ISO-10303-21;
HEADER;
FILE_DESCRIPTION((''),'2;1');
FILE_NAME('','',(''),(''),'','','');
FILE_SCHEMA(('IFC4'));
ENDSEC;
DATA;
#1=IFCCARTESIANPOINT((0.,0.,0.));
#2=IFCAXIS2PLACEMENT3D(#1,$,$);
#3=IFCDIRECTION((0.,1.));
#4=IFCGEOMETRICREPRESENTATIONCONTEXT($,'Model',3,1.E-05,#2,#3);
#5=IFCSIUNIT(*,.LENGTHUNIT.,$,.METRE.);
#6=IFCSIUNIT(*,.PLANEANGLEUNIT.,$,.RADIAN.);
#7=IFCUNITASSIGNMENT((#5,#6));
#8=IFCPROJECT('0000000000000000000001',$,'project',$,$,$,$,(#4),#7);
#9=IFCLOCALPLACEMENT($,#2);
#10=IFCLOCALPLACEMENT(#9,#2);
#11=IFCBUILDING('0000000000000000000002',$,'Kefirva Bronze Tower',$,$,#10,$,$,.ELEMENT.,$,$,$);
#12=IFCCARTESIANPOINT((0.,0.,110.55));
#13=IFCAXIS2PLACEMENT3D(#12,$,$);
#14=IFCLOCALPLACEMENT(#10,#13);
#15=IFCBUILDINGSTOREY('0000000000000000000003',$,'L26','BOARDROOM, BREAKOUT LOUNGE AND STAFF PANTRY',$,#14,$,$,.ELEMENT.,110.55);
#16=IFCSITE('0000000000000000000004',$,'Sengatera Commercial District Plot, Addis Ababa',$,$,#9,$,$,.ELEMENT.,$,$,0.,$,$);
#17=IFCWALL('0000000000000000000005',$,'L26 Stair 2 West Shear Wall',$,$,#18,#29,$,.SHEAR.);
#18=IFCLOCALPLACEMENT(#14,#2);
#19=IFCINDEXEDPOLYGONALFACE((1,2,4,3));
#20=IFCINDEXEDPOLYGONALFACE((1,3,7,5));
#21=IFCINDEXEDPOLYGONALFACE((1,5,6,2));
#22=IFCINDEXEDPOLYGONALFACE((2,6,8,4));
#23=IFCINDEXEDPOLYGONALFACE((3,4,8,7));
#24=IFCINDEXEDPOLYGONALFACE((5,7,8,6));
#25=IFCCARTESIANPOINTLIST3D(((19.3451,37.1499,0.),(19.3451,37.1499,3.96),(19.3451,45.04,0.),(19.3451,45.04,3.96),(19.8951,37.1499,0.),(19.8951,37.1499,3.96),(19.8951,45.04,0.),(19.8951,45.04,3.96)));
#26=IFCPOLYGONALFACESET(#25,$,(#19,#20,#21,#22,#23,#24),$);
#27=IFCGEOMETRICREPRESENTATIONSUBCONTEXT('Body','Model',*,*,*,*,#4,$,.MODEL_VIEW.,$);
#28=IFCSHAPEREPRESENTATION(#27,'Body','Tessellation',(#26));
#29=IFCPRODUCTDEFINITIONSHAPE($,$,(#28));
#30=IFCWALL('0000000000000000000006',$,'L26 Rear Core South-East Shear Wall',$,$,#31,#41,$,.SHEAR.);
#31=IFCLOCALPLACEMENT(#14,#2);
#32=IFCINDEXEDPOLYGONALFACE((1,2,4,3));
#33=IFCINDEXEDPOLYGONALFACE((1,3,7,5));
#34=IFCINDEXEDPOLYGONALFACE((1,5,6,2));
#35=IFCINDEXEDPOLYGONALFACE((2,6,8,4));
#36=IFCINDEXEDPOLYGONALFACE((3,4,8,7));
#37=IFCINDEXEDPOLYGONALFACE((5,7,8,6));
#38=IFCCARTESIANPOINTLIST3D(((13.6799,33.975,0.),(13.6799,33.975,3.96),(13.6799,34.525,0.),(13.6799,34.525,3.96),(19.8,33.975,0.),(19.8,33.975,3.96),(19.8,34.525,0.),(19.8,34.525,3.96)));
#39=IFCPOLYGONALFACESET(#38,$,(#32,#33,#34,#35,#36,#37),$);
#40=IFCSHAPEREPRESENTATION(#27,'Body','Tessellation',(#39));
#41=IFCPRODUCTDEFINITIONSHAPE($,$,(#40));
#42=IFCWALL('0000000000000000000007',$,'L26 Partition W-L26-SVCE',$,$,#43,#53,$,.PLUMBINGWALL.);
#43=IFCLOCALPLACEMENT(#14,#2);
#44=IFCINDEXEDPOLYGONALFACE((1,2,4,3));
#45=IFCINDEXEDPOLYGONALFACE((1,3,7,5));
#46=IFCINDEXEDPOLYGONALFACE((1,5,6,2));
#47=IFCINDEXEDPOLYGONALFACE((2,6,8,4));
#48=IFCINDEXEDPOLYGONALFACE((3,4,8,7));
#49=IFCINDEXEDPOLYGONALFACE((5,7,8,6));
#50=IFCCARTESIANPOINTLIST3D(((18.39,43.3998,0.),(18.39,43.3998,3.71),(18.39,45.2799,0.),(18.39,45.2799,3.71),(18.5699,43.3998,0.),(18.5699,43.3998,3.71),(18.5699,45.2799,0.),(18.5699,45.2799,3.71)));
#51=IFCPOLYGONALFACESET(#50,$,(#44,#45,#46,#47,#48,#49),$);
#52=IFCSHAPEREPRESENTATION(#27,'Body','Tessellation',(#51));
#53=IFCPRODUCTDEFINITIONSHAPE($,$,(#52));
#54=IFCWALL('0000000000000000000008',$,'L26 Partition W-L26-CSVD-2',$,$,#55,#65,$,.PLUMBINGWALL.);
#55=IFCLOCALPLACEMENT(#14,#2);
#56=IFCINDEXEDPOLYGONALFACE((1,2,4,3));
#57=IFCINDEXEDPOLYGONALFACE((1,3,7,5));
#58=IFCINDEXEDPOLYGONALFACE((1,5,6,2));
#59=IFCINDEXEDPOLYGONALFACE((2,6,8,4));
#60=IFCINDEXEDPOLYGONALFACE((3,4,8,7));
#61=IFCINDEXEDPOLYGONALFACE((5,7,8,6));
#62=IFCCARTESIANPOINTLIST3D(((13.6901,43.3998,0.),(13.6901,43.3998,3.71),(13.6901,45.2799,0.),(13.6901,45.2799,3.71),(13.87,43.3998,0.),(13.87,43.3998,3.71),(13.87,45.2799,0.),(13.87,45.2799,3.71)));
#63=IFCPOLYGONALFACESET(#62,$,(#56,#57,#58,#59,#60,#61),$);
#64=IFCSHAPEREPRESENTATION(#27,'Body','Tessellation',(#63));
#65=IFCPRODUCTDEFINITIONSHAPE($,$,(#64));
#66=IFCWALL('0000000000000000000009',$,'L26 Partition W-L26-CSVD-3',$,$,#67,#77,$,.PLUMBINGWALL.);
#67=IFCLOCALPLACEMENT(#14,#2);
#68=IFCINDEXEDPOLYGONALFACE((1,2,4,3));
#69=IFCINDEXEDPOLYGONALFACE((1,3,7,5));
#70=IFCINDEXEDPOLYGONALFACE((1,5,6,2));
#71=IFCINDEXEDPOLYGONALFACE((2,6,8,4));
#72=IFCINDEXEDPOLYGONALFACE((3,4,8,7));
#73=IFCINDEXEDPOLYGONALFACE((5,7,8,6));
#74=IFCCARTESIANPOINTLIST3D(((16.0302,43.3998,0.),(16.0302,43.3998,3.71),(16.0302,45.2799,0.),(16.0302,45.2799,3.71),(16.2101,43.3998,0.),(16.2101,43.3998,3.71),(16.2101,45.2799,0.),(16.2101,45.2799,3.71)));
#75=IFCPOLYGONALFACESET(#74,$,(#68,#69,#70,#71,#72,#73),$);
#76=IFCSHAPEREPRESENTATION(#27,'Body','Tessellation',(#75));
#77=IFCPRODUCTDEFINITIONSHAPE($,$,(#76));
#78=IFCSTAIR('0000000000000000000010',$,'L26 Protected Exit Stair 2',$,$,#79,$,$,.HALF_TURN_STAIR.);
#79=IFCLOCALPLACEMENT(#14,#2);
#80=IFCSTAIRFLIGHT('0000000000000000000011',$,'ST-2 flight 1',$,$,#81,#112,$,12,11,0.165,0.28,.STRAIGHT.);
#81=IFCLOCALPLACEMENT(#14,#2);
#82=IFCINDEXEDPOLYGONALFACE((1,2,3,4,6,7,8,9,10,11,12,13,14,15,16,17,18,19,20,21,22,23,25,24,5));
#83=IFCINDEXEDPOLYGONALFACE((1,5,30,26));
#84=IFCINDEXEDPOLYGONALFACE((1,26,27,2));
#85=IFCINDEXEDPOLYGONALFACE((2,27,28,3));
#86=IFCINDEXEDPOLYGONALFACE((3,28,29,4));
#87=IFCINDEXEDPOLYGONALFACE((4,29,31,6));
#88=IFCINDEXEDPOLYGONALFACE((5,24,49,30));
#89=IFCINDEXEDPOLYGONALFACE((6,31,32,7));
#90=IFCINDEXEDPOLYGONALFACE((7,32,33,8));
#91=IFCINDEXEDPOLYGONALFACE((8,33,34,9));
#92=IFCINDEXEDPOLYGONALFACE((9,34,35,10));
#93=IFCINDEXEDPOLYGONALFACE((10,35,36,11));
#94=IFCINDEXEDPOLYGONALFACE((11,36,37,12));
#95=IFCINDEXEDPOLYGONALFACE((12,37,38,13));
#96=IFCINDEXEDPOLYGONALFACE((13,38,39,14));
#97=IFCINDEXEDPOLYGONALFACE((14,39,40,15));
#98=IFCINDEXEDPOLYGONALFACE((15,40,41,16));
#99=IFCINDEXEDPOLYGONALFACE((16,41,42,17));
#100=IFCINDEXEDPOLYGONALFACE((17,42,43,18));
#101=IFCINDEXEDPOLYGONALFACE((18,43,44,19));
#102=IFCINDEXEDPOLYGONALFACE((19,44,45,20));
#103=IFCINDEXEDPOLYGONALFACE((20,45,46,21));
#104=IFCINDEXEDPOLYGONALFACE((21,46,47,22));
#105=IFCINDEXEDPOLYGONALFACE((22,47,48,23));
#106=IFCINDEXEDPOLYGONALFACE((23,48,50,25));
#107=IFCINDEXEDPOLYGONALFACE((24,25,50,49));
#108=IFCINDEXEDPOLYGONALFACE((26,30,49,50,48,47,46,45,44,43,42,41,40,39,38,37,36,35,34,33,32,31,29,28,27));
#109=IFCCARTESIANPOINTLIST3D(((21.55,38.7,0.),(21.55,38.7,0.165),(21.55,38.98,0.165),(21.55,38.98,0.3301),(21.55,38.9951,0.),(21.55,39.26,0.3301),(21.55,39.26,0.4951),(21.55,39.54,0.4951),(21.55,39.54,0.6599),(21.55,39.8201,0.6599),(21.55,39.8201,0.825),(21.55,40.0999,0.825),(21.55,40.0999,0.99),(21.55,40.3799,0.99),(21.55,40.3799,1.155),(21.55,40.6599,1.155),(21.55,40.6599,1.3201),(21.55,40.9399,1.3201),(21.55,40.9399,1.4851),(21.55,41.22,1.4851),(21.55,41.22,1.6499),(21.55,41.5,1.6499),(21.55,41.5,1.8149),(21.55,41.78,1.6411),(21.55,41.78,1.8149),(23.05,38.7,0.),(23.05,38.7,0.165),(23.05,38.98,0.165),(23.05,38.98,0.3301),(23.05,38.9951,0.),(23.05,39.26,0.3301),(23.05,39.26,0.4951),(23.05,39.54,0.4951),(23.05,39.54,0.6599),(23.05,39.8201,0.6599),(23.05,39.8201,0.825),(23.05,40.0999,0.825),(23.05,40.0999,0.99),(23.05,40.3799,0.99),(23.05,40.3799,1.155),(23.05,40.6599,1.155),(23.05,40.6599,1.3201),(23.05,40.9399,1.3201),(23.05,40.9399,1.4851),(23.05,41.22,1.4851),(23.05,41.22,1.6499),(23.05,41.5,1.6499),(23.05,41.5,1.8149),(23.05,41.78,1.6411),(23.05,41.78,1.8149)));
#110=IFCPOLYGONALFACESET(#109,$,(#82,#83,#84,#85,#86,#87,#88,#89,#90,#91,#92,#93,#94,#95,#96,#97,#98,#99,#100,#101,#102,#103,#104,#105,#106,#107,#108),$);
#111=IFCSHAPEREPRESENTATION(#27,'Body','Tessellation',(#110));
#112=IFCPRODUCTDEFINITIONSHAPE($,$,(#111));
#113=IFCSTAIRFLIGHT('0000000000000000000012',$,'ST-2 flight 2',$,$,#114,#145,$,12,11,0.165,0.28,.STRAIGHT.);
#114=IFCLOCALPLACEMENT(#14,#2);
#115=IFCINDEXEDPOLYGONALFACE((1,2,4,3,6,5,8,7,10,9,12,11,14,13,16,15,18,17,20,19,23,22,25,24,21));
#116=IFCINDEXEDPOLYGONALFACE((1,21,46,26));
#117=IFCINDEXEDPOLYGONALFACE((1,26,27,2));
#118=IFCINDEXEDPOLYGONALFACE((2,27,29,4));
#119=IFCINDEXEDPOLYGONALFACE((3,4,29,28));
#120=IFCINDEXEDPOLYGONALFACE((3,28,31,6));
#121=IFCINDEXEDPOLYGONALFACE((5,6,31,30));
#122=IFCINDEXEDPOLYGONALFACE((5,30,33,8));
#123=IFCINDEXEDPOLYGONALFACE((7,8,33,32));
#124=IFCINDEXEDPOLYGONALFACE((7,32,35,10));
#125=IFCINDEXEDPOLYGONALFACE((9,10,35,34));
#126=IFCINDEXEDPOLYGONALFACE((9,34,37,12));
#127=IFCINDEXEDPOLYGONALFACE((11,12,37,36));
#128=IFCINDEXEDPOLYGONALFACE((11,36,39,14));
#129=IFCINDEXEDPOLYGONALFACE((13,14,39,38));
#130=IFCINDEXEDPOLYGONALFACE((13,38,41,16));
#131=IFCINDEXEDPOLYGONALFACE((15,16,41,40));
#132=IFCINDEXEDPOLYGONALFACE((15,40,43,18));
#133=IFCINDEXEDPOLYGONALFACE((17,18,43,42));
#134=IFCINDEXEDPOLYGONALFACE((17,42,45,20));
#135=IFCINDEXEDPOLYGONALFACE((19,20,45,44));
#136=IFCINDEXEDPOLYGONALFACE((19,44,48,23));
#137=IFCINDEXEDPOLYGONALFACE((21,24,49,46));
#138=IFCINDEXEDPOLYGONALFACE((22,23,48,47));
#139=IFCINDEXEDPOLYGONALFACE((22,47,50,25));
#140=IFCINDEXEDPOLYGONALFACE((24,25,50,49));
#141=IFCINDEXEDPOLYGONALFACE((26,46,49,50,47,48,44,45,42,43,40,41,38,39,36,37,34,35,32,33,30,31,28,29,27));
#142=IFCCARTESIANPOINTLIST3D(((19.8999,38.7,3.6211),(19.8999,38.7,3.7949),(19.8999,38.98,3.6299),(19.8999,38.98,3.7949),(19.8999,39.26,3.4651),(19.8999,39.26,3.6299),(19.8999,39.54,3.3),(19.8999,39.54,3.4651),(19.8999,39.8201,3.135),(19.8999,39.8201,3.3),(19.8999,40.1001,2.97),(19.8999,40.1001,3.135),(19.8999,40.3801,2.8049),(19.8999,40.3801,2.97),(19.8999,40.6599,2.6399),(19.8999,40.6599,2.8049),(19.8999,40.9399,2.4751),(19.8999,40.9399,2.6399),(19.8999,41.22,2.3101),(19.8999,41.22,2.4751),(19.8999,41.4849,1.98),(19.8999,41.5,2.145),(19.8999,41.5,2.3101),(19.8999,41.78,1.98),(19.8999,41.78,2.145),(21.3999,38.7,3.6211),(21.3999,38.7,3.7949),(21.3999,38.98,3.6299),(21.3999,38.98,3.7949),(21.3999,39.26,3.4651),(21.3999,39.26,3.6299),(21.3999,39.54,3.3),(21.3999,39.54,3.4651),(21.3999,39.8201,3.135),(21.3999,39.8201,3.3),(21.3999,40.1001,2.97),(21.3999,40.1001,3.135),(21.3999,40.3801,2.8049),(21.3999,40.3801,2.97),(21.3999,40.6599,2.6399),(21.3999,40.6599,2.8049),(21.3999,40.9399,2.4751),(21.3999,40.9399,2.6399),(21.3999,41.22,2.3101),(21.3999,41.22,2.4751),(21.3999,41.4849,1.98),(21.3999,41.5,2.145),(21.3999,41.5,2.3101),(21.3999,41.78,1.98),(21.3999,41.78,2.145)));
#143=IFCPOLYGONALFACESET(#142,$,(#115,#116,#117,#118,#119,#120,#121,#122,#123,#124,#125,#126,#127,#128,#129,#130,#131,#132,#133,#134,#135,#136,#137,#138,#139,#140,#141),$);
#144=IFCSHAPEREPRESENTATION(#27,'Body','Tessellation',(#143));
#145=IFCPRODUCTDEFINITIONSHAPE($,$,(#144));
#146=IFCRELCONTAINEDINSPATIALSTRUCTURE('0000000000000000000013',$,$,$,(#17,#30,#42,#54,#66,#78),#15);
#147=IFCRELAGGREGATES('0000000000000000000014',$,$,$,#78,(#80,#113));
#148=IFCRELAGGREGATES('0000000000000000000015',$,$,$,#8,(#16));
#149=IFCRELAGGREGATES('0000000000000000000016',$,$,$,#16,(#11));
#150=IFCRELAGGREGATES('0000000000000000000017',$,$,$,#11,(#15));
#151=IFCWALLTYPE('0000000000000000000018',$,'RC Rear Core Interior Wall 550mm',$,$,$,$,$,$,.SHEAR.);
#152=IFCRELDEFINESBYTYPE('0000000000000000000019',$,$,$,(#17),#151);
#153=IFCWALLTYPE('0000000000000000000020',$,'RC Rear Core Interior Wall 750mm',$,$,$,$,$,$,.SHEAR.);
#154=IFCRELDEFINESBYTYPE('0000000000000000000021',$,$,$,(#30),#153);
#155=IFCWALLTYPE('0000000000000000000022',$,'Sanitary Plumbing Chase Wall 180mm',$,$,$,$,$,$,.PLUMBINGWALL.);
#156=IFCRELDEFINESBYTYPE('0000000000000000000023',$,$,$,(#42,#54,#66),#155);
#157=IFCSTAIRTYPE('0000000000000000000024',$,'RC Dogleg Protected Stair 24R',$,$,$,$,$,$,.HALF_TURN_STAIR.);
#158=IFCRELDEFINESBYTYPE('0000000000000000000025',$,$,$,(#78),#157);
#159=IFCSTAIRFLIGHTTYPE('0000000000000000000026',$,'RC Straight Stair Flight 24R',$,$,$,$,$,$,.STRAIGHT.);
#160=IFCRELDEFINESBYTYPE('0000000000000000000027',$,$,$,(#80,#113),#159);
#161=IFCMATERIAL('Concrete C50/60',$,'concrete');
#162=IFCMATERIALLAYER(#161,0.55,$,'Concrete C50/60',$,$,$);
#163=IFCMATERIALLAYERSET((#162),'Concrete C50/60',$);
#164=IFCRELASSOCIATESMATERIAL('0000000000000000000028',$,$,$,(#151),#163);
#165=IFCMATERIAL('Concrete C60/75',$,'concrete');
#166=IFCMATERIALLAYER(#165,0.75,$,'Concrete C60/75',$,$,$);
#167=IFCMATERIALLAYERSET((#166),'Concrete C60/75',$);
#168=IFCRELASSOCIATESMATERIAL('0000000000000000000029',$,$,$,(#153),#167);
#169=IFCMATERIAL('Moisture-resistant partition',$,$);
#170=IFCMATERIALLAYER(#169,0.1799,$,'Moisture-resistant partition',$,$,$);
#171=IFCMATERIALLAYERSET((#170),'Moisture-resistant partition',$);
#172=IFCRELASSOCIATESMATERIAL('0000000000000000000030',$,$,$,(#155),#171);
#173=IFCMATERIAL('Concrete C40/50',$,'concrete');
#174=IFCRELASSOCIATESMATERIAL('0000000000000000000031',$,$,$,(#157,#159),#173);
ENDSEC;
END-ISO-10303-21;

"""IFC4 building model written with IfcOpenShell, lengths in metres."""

from ifc_helpers import new_model, si_unit, direction, frame, frame_2d, origin, place, context, subcontext, project, spatial, polyline, rectangle, outline, extrude, material, layer, layer_set, type_object, element, aggregate, save


model = new_model("IFC4")

# Units and contexts
model_context = context("Model", 3, precision=1e-05, world=origin(), true_north=direction((0.0, 1.0)))
body_context = subcontext(model_context, "Body", "Model", "MODEL_VIEW")
ifc_project = project(units=[si_unit("LENGTHUNIT", "METRE"), si_unit("PLANEANGLEUNIT", "RADIAN")], contexts=[model_context])

# Site, building, storey
site_placement = place(None, origin())
site = spatial("IfcSite", under=ifc_project, at=site_placement, Name="Sengatera Commercial District Plot, Addis Ababa", CompositionType="ELEMENT", RefElevation=0.0)
building_placement = place(site_placement, origin())
building = spatial("IfcBuilding", under=site, at=building_placement, Name="Kefirva Bronze Tower", CompositionType="ELEMENT")
storey_placement = place(building_placement, frame((0.0, 0.0, 110.55)))
storey = spatial("IfcBuildingStorey", under=building, at=storey_placement, Name="L26", Description="BOARDROOM, BREAKOUT LOUNGE AND STAFF PANTRY", CompositionType="ELEMENT", Elevation=110.55)

# Shared definitions
ifc_material_1 = material(Name="Concrete C50/60", Category="concrete")

# Walls
ifc_layer_1 = layer(ifc_material_1, 0.55, Name="Concrete C50/60")
ifc_layer_set_1 = layer_set([ifc_layer_1], Name="Concrete C50/60")
wall_type_1 = type_object("IfcWallType", Name="RC Rear Core Interior Wall 550mm", PredefinedType="SHEAR", material=ifc_layer_set_1)
wall_1_placement = place(storey_placement, frame((19.6201, 37.1499, 0.0), z_axis=(0.0, 0.0, 1.0), x_axis=(0.0, 1.0, 0.0)))
element("IfcWall", 1, at=wall_1_placement, inside=storey, type_object=wall_type_1, Name="L26 Stair 2 West Shear Wall", PredefinedType="SHEAR", context=body_context, shape_type="SweptSolid", body=[
    extrude(rectangle(XDim=7.8901, YDim=0.55, at=frame_2d((3.9451, 0.0))), origin(), (0.0, 0.0, 1.0), 3.96),
])
ifc_material_2 = material(Name="Concrete C60/75", Category="concrete")
ifc_layer_2 = layer(ifc_material_2, 0.75, Name="Concrete C60/75")
ifc_layer_set_2 = layer_set([ifc_layer_2], Name="Concrete C60/75")
wall_type_2 = type_object("IfcWallType", Name="RC Rear Core Interior Wall 750mm", PredefinedType="SHEAR", material=ifc_layer_set_2)
wall_2_placement = place(storey_placement, frame((13.6799, 34.25, 0.0), z_axis=(0.0, 0.0, 1.0), x_axis=(1.0, 0.0, 0.0)))
element("IfcWall", 2, at=wall_2_placement, inside=storey, type_object=wall_type_2, Name="L26 Rear Core South-East Shear Wall", PredefinedType="SHEAR", context=body_context, shape_type="SweptSolid", body=[
    extrude(rectangle(XDim=6.1201, YDim=0.55, at=frame_2d((3.0601, 0.0))), origin(), (0.0, 0.0, 1.0), 3.96),
])
ifc_material_3 = material(Name="Moisture-resistant partition")
ifc_layer_3 = layer(ifc_material_3, 0.1799, Name="Moisture-resistant partition")
ifc_layer_set_3 = layer_set([ifc_layer_3], Name="Moisture-resistant partition")
wall_type_3 = type_object("IfcWallType", Name="Sanitary Plumbing Chase Wall 180mm", PredefinedType="PLUMBINGWALL", material=ifc_layer_set_3)
for number, where, z_axis, x_axis, name in (
    (3, (18.48, 43.3999, 0.0), (0.0, 0.0, 1.0), (0.0, 1.0, 0.0), "L26 Partition W-L26-SVCE"),
    (4, (13.78, 43.3999, 0.0), (0.0, 0.0, 1.0), (0.0, 1.0, 0.0), "L26 Partition W-L26-CSVD-2"),
    (5, (16.1201, 43.3999, 0.0), (0.0, 0.0, 1.0), (0.0, 1.0, 0.0), "L26 Partition W-L26-CSVD-3"),
):
    element("IfcWall", number, at=place(storey_placement, frame(where, z_axis=z_axis, x_axis=x_axis)), inside=storey, type_object=wall_type_3, Name=name, PredefinedType="PLUMBINGWALL", context=body_context, shape_type="SweptSolid", body=[
        extrude(rectangle(XDim=1.8801, YDim=0.1799, at=frame_2d((0.9399, 0.0))), origin(), (0.0, 0.0, 1.0), 3.71),
    ])

# Stair, stair flights
ifc_material_4 = material(Name="Concrete C40/50", Category="concrete")
stair_type = type_object("IfcStairType", Name="RC Dogleg Protected Stair 24R", PredefinedType="HALF_TURN_STAIR", material=ifc_material_4)
stair_placement = place(storey_placement, origin())
stair = element("IfcStair", 6, at=stair_placement, inside=storey, type_object=stair_type, Name="L26 Protected Exit Stair 2", PredefinedType="HALF_TURN_STAIR")
stair_flight_type = type_object("IfcStairFlightType", Name="RC Straight Stair Flight 24R", PredefinedType="STRAIGHT", material=ifc_material_4)
stair_flight_1_placement = place(storey_placement, frame((22.3, 38.7, 0.0), z_axis=(0.0, 0.0, 1.0), x_axis=(0.0, 1.0, 0.0)))
stair_flight_1 = element("IfcStairFlight", 7, at=stair_flight_1_placement, type_object=stair_flight_type, Name="ST-2 flight 1", NumberOfRisers=12, NumberOfTreads=11, PredefinedType="STRAIGHT", RiserHeight=0.165, TreadLength=0.28, context=body_context, shape_type="SweptSolid", body=[
    extrude(outline(polyline([(0.0, 0.0), (0.0, 0.165), (0.28, 0.165), (0.28, 0.3301), (0.5601, 0.3301), (0.5601, 0.4951), (0.8401, 0.4951), (0.8401, 0.6599), (1.1201, 0.6599), (1.1201, 0.825), (1.3999, 0.825), (1.3999, 0.99), (1.6799, 0.99), (1.6799, 1.155), (1.96, 1.155), (1.96, 1.3201), (2.24, 1.3201), (2.24, 1.4851), (2.52, 1.4851), (2.52, 1.6499), (2.8, 1.6499), (2.8, 1.8149), (3.0801, 1.8149), (3.0801, 1.98), (3.0801, 1.6411), (0.2952, 0.0), (0.0, 0.0)])), frame((0.0, 0.75, 0.0), z_axis=(0.0, -1.0, 0.0), x_axis=(1.0, 0.0, 0.0)), (0.0, 0.0, 1.0), 1.5),
])
stair_flight_2_placement = place(storey_placement, frame((20.6499, 41.78, 1.98), z_axis=(0.0, 0.0, 1.0), x_axis=(0.0, -1.0, 0.0)))
stair_flight_2 = element("IfcStairFlight", 8, at=stair_flight_2_placement, type_object=stair_flight_type, Name="ST-2 flight 2", NumberOfRisers=12, NumberOfTreads=11, PredefinedType="STRAIGHT", RiserHeight=0.165, TreadLength=0.28, context=body_context, shape_type="SweptSolid", body=[
    extrude(outline(polyline([(0.0, 0.0), (0.0, 0.165), (0.28, 0.165), (0.28, 0.3301), (0.5601, 0.3301), (0.5601, 0.4951), (0.8401, 0.4951), (0.8401, 0.6599), (1.1201, 0.6599), (1.1201, 0.825), (1.3999, 0.825), (1.3999, 0.99), (1.6799, 0.99), (1.6799, 1.155), (1.96, 1.155), (1.96, 1.3201), (2.24, 1.3201), (2.24, 1.4851), (2.52, 1.4851), (2.52, 1.6499), (2.8, 1.6499), (2.8, 1.8149), (3.0801, 1.8149), (3.0801, 1.98), (3.0801, 1.6411), (0.2952, 0.0), (0.0, 0.0)])), frame((0.0, 0.75, 0.0), z_axis=(0.0, -1.0, 0.0), x_axis=(1.0, 0.0, 0.0)), (0.0, 0.0, 1.0), 1.5),
])
aggregate(stair, [stair_flight_1, stair_flight_2])

save(model, "model.ifc")
